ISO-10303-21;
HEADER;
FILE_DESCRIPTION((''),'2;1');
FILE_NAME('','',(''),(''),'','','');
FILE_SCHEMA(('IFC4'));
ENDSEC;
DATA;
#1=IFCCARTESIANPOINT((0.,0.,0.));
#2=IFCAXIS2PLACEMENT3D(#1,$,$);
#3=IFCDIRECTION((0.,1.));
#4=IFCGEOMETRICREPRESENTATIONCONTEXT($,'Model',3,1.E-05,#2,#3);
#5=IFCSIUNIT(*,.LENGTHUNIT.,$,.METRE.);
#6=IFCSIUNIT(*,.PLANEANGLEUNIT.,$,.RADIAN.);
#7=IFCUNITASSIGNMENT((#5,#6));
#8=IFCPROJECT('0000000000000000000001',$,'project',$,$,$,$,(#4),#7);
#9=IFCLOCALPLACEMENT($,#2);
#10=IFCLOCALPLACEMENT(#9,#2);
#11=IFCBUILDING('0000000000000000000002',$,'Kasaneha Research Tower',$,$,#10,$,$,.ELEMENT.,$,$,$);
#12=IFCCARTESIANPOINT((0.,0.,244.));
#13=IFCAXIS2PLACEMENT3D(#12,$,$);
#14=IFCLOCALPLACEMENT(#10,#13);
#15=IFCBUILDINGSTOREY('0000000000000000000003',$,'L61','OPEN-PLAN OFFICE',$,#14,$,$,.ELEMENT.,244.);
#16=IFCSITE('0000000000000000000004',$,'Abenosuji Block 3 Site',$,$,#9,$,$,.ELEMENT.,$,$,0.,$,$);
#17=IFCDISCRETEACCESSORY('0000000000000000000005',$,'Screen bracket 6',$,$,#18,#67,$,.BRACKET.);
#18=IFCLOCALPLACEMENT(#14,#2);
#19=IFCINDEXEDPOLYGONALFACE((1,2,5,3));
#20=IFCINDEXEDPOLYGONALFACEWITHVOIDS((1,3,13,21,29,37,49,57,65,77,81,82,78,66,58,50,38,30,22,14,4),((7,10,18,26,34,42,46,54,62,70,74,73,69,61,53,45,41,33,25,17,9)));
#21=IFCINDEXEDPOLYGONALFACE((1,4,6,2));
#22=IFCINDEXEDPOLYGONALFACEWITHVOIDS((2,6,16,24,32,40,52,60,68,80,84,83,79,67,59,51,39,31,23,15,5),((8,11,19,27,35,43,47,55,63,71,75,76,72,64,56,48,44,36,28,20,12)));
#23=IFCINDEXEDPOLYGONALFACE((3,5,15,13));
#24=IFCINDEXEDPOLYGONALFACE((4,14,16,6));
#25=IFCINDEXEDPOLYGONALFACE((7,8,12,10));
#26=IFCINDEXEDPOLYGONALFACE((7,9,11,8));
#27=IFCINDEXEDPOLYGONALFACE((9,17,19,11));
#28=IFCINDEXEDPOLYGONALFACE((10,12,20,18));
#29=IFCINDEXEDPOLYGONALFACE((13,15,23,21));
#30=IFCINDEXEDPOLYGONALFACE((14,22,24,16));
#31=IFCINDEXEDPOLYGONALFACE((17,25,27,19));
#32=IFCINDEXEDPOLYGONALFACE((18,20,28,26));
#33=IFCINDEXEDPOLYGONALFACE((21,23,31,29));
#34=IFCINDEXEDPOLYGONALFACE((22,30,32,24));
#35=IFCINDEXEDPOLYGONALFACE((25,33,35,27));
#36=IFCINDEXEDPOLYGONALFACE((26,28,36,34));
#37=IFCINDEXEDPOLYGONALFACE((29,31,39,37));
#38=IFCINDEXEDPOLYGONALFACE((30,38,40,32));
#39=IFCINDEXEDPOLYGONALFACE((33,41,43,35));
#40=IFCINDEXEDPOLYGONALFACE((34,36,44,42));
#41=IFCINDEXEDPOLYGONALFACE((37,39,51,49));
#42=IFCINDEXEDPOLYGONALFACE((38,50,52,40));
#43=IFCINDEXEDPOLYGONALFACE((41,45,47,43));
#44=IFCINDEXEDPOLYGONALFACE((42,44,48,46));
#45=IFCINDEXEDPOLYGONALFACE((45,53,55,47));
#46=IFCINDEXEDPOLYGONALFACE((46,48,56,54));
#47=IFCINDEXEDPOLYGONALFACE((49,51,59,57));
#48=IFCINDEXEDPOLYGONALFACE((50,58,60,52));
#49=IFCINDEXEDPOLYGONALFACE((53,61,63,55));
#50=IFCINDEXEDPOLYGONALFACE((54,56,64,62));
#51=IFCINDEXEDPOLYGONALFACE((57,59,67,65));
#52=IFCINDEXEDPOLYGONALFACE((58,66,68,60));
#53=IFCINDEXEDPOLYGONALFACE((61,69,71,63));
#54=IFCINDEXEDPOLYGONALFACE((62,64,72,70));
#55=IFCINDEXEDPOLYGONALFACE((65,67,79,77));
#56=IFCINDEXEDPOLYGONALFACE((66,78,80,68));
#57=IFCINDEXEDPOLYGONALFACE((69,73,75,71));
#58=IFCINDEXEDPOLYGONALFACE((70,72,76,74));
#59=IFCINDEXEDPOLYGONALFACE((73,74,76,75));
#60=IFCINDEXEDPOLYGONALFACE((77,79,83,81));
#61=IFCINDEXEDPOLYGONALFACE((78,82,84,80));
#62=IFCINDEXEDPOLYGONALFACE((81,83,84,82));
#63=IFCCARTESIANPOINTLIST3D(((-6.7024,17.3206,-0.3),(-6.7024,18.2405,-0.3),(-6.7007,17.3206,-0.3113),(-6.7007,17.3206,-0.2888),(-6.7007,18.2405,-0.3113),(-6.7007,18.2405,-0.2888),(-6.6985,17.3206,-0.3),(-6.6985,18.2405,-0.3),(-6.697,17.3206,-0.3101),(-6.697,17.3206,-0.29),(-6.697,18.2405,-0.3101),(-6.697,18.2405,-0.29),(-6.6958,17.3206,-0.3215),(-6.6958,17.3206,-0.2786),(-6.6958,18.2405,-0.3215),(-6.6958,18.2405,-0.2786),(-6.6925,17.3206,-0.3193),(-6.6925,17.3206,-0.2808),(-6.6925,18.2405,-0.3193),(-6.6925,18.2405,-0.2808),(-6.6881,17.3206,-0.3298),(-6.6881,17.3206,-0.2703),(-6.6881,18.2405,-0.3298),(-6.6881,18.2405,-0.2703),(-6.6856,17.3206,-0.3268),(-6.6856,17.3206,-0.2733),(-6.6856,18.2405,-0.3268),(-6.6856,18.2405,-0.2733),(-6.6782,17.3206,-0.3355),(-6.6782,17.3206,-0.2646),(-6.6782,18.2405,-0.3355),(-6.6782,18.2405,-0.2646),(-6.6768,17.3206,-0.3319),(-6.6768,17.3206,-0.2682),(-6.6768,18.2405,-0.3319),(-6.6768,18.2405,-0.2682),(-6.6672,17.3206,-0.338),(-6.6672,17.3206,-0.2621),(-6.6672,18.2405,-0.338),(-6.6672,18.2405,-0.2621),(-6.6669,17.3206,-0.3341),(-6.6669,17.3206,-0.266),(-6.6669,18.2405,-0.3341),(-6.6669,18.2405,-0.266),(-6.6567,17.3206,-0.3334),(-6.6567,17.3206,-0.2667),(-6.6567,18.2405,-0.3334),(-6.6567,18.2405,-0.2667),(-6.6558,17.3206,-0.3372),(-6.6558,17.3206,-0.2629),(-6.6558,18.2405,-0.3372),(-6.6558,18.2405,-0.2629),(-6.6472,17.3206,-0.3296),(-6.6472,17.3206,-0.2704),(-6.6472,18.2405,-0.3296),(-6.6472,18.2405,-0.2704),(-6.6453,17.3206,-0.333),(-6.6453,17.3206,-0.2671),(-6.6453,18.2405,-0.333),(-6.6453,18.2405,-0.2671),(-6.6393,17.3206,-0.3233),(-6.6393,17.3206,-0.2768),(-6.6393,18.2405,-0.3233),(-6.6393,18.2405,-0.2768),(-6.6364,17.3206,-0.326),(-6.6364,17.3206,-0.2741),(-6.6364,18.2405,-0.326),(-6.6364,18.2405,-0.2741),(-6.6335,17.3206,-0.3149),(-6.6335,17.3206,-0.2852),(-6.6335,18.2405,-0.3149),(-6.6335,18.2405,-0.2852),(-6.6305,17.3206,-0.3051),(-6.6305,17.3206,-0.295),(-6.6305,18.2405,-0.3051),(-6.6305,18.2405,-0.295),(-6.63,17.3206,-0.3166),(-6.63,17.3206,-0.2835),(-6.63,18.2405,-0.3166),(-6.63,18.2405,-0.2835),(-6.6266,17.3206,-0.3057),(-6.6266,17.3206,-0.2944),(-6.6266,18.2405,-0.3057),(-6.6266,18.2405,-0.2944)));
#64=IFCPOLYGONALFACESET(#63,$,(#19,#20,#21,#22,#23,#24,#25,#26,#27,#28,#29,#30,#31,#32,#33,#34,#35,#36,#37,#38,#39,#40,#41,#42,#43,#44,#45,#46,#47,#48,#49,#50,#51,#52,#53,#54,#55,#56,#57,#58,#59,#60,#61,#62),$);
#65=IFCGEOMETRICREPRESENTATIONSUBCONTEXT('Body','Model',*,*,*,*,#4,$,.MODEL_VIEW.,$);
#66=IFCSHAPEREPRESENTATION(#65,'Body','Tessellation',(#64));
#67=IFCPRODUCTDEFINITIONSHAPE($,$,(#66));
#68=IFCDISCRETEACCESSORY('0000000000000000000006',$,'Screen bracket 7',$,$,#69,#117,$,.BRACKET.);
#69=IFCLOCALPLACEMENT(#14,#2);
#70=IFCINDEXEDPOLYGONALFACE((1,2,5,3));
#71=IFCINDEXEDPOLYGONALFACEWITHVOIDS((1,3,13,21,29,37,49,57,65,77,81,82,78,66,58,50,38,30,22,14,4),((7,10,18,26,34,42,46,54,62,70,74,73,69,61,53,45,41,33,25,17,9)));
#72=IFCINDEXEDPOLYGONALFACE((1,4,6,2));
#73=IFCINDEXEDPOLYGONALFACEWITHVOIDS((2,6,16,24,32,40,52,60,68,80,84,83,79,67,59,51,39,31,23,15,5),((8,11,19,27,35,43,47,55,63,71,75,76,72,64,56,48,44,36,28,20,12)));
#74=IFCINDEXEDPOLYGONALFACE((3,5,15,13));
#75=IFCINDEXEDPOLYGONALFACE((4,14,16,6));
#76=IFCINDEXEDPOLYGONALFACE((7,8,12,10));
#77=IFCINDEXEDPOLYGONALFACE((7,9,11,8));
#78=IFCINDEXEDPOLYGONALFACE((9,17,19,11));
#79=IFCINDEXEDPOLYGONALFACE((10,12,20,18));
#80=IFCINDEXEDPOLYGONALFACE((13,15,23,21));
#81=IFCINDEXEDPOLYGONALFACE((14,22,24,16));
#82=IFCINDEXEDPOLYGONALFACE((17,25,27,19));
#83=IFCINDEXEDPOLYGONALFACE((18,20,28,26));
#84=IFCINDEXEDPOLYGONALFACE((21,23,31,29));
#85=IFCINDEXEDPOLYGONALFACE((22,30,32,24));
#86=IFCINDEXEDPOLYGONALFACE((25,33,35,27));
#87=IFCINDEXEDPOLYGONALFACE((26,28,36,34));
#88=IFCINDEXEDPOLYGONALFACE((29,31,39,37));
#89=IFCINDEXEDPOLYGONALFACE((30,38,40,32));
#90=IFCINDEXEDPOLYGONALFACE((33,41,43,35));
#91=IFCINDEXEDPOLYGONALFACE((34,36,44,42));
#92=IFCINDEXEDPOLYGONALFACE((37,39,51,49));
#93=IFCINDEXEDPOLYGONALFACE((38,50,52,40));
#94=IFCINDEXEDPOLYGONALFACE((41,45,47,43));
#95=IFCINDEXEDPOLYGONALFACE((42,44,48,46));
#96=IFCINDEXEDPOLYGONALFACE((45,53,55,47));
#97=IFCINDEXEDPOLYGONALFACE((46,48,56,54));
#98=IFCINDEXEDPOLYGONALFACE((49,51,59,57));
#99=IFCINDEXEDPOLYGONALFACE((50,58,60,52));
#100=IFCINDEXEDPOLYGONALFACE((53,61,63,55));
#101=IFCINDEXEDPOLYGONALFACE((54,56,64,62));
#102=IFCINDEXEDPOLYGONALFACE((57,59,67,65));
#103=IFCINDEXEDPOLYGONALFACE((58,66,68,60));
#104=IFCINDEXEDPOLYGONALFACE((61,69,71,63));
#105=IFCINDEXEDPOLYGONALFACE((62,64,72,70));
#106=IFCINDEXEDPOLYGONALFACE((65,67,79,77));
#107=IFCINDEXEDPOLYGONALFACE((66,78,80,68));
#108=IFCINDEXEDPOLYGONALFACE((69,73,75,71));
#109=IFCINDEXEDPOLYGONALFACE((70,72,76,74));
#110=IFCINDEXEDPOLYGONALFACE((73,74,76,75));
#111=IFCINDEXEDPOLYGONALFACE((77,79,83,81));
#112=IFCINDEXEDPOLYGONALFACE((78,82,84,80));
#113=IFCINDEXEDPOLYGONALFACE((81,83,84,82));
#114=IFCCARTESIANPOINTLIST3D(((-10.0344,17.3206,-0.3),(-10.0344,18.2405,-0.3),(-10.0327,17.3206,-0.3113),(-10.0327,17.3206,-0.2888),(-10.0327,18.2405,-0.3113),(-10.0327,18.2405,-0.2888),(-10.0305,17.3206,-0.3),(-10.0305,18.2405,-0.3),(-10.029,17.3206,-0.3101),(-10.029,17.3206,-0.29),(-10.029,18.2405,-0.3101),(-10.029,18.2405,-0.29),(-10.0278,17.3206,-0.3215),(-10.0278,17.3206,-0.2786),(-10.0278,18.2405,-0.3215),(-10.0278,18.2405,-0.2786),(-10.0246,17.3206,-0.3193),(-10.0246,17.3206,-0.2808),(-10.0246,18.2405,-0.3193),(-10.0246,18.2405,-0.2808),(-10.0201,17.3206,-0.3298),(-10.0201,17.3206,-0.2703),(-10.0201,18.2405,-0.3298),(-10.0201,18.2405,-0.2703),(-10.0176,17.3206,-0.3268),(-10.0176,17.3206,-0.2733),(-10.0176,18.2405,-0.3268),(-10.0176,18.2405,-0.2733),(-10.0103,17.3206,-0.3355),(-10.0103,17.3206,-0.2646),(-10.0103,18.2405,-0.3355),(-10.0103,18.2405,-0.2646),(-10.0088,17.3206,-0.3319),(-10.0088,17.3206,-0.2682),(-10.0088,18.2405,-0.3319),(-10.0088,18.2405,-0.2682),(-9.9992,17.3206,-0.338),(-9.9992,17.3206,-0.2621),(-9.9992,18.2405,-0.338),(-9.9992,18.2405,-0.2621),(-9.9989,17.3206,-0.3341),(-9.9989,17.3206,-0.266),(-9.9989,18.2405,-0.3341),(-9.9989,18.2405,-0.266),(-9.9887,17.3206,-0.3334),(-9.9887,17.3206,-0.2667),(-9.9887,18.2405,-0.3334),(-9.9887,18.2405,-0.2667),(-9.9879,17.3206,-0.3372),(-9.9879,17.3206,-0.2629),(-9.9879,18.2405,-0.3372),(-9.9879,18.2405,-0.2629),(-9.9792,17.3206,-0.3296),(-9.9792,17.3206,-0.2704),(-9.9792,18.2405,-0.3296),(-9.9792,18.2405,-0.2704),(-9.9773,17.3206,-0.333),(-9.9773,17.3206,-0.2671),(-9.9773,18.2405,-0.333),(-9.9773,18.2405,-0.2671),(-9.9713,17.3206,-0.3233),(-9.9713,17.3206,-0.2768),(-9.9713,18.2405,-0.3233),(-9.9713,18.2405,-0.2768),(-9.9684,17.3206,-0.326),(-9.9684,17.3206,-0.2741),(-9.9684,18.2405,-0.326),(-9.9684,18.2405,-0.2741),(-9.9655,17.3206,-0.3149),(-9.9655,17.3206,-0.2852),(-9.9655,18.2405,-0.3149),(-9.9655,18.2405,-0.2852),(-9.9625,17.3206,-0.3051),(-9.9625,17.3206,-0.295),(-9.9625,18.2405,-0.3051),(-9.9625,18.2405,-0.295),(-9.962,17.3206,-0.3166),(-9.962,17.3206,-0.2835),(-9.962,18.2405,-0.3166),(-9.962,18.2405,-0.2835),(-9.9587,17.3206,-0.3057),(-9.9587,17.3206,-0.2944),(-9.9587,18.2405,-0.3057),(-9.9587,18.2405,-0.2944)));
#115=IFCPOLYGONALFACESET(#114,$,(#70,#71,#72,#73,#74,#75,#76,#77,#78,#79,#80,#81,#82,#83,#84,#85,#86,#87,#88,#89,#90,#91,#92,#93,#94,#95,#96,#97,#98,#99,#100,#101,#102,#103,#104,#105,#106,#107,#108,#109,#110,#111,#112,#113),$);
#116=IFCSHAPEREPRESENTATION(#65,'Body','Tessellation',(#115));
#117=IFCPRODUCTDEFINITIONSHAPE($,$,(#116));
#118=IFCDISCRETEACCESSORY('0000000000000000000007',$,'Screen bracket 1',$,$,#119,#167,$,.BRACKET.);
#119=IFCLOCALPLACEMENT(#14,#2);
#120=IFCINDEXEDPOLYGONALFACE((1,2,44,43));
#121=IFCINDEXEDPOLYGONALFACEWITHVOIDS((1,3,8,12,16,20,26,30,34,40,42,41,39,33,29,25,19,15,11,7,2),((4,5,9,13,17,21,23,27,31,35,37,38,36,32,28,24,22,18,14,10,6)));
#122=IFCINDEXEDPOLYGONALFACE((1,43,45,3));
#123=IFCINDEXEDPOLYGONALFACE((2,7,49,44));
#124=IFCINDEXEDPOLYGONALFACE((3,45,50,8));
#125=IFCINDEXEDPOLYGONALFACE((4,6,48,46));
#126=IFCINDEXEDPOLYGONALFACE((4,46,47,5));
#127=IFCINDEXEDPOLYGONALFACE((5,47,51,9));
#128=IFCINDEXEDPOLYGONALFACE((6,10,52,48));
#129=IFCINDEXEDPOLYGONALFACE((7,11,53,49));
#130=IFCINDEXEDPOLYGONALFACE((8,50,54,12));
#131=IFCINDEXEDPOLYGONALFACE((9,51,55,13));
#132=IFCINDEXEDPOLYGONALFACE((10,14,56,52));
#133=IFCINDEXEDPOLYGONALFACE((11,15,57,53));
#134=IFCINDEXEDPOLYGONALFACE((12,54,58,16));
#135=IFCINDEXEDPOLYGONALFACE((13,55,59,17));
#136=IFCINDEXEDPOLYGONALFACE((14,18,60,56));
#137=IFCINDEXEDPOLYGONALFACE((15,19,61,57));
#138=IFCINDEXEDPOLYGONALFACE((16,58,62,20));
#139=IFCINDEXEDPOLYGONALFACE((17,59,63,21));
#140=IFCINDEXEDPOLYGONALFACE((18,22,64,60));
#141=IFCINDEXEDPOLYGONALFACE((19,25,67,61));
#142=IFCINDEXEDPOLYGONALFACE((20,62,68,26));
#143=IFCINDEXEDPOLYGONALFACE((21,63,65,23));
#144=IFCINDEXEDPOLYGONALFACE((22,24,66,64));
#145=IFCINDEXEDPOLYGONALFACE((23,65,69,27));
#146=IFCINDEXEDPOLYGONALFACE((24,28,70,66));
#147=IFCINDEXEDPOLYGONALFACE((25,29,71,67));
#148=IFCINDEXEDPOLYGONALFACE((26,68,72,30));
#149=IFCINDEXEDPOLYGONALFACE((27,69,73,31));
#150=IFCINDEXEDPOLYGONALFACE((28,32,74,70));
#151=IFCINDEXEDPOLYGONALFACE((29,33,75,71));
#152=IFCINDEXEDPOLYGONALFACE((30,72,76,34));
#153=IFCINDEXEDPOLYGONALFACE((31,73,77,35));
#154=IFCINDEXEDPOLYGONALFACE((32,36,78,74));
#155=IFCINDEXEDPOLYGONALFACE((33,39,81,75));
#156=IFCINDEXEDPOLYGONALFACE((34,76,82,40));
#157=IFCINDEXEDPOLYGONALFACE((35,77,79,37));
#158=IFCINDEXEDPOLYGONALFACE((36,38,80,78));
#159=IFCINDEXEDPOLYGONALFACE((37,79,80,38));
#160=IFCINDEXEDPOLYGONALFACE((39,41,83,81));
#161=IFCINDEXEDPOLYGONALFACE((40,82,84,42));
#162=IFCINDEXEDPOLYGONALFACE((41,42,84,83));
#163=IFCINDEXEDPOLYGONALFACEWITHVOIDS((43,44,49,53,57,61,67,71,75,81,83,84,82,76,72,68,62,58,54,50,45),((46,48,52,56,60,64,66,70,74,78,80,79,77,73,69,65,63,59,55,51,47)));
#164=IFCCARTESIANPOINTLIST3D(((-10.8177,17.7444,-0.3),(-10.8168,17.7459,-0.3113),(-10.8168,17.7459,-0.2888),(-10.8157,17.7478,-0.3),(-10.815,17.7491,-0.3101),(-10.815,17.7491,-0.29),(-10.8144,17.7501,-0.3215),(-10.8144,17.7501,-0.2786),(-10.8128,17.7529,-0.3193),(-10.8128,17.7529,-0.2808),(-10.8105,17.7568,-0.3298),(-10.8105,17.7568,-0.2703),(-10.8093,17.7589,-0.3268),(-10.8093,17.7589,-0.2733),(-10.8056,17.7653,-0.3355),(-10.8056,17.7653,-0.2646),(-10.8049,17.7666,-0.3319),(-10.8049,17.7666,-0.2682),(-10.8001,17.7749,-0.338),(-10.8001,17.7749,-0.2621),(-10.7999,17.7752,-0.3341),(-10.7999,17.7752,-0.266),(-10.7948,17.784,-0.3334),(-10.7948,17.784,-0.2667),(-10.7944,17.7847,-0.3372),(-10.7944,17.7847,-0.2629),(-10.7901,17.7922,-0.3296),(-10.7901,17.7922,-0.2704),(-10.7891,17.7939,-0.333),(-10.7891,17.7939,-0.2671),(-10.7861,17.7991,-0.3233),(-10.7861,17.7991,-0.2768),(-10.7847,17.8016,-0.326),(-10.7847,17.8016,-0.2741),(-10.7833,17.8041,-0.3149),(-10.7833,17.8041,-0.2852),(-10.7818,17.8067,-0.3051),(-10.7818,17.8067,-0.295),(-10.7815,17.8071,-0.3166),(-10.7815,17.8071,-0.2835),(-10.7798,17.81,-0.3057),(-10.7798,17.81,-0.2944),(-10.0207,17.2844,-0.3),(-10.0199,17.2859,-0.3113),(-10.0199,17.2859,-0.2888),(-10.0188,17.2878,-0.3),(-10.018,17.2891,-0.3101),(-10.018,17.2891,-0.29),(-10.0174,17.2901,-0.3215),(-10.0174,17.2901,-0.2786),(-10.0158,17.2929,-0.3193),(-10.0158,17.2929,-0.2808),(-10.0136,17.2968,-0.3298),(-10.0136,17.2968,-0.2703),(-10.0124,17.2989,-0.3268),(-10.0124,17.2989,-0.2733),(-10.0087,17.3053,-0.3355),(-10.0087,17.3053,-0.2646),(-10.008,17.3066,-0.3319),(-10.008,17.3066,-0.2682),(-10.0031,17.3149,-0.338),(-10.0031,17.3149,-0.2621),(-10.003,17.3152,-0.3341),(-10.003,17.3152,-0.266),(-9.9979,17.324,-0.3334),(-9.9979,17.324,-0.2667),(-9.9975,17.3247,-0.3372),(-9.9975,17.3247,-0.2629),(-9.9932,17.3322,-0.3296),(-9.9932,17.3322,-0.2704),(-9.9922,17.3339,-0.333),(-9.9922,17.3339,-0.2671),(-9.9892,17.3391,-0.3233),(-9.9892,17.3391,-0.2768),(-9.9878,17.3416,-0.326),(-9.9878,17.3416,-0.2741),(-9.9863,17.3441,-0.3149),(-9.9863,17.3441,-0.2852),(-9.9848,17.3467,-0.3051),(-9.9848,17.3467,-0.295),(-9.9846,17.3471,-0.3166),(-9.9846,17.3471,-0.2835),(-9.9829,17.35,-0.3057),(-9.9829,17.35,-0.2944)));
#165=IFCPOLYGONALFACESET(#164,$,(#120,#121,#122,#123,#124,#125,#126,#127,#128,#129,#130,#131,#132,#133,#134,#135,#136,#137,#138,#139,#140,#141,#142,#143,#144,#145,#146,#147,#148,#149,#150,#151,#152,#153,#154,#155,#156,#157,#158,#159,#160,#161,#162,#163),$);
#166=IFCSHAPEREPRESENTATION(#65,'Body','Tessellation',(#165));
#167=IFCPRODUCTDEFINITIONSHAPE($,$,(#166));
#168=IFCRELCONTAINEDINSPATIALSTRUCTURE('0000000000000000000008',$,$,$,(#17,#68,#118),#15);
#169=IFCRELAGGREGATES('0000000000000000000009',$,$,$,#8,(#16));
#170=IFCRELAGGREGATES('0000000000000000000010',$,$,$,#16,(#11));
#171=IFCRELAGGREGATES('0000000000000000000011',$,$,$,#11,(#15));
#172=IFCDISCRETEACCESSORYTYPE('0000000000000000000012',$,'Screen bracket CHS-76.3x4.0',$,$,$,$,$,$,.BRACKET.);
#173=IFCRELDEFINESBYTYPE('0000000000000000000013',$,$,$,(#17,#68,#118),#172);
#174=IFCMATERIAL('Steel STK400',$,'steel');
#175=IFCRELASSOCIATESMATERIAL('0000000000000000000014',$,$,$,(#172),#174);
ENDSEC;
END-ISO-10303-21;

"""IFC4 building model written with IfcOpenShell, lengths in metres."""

from ifc_helpers import new_model, si_unit, direction, frame, origin, origin_2d, place, context, subcontext, project, spatial, hollow_circle, extrude, material, material_profile, profile_set, type_object, element, save


model = new_model("IFC4")

# Units and contexts
model_context = context("Model", 3, precision=1e-05, world=origin(), true_north=direction((0.0, 1.0)))
body_context = subcontext(model_context, "Body", "Model", "MODEL_VIEW")
ifc_project = project(units=[si_unit("LENGTHUNIT", "METRE"), si_unit("PLANEANGLEUNIT", "RADIAN")], contexts=[model_context])

# Site, building, storey
site_placement = place(None, origin())
site = spatial("IfcSite", under=ifc_project, at=site_placement, Name="Abenosuji Block 3 Site", CompositionType="ELEMENT", RefElevation=0.0)
building_placement = place(site_placement, origin())
building = spatial("IfcBuilding", under=site, at=building_placement, Name="Kasaneha Research Tower", CompositionType="ELEMENT")
storey_placement = place(building_placement, frame((0.0, 0.0, 244.0)))
storey = spatial("IfcBuildingStorey", under=building, at=storey_placement, Name="L61", Description="OPEN-PLAN OFFICE", CompositionType="ELEMENT", Elevation=244.0)

# Discrete accessories
ifc_material_1 = material(Name="Steel STK400", Category="steel")
ifc_material_profile_1 = material_profile(ifc_material_1, hollow_circle(Radius=0.0381, WallThickness=0.0039, at=origin_2d()), Name="CHS-76.3x4.0")
ifc_profile_set_1 = profile_set([ifc_material_profile_1], Name="Steel STK400")
discrete_accessory_type = type_object("IfcDiscreteAccessoryType", Name="Screen bracket CHS-76.3x4.0", PredefinedType="BRACKET", material=ifc_profile_set_1)
for number, where, z_axis, x_axis, name in (
    (1, (-6.6643, 17.3206, -0.3), (0.0, 1.0, 0.0), (-1.0, 0.0, 0.0), "Screen bracket 6"),
    (2, (-9.9963, 17.3206, -0.3), (0.0, 1.0, 0.0), (-1.0, 0.0, 0.0), "Screen bracket 7"),
):
    element("IfcDiscreteAccessory", number, at=place(storey_placement, frame(where, z_axis=z_axis, x_axis=x_axis)), inside=storey, type_object=discrete_accessory_type, Name=name, PredefinedType="BRACKET", context=body_context, shape_type="SweptSolid", body=[
        extrude(hollow_circle(Radius=0.0381, WallThickness=0.0039, at=origin_2d()), origin(), (0.0, 0.0, 1.0), 0.9199),
    ])
discrete_accessory_placement = place(storey_placement, frame((-10.0017, 17.3174, -0.3), z_axis=(-0.86608, 0.499906, 0.0), x_axis=(-0.499906, -0.86608, 0.0)))
element("IfcDiscreteAccessory", 3, at=discrete_accessory_placement, inside=storey, type_object=discrete_accessory_type, Name="Screen bracket 1", PredefinedType="BRACKET", context=body_context, shape_type="SweptSolid", body=[
    extrude(hollow_circle(Radius=0.0381, WallThickness=0.0039, at=origin_2d()), origin(), (0.0, 0.0, 1.0), 0.9202),
])

save(model, "model.ifc")
